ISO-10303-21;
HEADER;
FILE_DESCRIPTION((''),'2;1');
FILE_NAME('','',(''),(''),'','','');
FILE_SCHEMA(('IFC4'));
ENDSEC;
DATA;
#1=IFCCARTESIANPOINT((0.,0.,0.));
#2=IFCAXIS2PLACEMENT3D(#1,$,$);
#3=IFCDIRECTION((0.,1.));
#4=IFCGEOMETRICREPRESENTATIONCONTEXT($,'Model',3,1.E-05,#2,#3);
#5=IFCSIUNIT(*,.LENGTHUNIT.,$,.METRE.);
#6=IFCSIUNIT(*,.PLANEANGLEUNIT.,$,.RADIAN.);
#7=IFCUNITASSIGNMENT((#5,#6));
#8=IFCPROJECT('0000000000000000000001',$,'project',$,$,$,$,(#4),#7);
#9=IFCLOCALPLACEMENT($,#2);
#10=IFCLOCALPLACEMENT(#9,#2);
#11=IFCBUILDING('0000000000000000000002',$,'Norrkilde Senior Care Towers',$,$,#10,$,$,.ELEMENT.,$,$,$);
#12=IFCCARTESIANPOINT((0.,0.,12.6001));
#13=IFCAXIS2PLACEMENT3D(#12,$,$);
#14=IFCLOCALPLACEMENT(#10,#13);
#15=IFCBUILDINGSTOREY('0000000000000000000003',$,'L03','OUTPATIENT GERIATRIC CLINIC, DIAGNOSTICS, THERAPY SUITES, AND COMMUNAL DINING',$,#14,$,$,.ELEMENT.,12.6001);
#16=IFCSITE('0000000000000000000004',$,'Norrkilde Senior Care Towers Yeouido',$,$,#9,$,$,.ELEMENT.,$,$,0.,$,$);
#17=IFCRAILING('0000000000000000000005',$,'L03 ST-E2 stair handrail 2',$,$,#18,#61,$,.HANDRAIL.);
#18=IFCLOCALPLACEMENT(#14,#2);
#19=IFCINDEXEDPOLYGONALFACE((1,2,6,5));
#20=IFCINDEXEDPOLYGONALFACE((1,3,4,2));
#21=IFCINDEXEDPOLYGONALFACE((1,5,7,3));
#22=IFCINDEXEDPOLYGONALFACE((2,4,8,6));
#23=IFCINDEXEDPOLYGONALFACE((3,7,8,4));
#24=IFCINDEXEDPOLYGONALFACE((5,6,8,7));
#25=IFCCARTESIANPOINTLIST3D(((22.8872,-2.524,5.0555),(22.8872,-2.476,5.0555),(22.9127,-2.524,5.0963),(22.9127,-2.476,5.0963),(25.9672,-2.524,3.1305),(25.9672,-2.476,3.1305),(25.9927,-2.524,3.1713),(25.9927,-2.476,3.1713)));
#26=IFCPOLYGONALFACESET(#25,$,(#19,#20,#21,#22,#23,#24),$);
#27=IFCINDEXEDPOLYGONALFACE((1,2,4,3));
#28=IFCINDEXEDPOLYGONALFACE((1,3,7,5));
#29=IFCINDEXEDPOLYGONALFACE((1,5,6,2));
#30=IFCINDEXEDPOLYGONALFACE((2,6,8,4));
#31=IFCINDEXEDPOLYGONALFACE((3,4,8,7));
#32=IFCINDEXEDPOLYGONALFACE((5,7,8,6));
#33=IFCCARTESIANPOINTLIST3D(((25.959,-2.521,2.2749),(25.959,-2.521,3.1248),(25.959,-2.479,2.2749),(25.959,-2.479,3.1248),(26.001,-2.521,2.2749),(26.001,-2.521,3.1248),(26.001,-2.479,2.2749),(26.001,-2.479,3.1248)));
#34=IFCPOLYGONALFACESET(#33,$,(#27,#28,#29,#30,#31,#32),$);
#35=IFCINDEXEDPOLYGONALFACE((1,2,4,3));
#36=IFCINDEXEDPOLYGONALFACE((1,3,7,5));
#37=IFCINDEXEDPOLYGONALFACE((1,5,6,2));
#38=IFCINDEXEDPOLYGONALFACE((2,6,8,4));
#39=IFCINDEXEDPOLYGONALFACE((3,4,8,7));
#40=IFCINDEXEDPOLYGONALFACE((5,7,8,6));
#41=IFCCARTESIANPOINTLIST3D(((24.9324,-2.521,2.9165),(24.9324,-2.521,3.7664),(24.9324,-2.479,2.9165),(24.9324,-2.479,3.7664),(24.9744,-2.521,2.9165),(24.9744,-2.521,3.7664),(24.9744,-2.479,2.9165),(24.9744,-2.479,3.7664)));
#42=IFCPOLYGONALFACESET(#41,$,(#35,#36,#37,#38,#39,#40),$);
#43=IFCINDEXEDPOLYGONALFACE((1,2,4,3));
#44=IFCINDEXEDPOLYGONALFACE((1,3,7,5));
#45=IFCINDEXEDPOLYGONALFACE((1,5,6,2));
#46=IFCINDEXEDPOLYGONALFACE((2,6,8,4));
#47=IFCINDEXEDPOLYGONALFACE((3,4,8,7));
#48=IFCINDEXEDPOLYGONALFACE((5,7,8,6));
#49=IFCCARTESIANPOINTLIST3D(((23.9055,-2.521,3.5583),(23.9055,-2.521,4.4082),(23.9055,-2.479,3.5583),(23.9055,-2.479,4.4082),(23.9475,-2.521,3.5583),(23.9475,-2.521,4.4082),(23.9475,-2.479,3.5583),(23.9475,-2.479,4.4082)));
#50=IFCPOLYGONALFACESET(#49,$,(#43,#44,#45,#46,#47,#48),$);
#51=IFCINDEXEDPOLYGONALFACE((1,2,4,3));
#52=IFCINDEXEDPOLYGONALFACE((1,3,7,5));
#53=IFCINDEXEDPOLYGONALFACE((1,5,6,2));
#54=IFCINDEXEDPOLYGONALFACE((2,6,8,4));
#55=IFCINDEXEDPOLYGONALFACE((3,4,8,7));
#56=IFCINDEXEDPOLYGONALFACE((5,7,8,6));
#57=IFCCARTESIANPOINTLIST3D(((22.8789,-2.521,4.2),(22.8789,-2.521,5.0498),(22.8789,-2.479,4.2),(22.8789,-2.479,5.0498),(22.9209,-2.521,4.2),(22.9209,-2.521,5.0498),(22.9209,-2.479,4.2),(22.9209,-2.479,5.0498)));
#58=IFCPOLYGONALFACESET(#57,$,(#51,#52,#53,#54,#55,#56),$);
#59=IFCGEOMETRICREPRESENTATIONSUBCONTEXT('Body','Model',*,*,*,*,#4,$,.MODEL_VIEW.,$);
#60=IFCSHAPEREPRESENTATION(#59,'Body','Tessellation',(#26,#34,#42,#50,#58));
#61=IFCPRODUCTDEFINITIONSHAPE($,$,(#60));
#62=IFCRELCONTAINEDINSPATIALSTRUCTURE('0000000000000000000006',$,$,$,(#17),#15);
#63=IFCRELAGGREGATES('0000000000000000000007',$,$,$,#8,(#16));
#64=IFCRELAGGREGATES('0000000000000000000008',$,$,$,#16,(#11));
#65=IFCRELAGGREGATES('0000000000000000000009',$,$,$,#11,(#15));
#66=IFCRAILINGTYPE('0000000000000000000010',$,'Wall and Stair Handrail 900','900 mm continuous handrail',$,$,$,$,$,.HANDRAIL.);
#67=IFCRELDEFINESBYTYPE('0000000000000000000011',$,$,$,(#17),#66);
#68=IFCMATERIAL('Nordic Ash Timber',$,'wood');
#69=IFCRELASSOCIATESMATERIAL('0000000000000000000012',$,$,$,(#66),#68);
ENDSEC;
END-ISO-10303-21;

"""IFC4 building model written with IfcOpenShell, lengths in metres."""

from ifc_helpers import new_model, si_unit, direction, frame, origin, origin_2d, place, context, subcontext, project, spatial, rectangle, extrude, material, type_object, element, save


model = new_model("IFC4")

# Units and contexts
model_context = context("Model", 3, precision=1e-05, world=origin(), true_north=direction((0.0, 1.0)))
body_context = subcontext(model_context, "Body", "Model", "MODEL_VIEW")
ifc_project = project(units=[si_unit("LENGTHUNIT", "METRE"), si_unit("PLANEANGLEUNIT", "RADIAN")], contexts=[model_context])

# Site, building, storey
site_placement = place(None, origin())
site = spatial("IfcSite", under=ifc_project, at=site_placement, Name="Norrkilde Senior Care Towers Yeouido", CompositionType="ELEMENT", RefElevation=0.0)
building_placement = place(site_placement, origin())
building = spatial("IfcBuilding", under=site, at=building_placement, Name="Norrkilde Senior Care Towers", CompositionType="ELEMENT")
storey_placement = place(building_placement, frame((0.0, 0.0, 12.6001)))
storey = spatial("IfcBuildingStorey", under=building, at=storey_placement, Name="L03", Description="OUTPATIENT GERIATRIC CLINIC, DIAGNOSTICS, THERAPY SUITES, AND COMMUNAL DINING", CompositionType="ELEMENT", Elevation=12.6001)

# Railing
ifc_material_1 = material(Name="Nordic Ash Timber", Category="wood")
railing_type_1 = type_object("IfcRailingType", Name="Wall and Stair Handrail 900", Description="900 mm continuous handrail", PredefinedType="HANDRAIL", material=ifc_material_1)
railing_1_placement = place(storey_placement, frame((25.98, -2.5, 2.2749)))
element("IfcRailing", 1, at=railing_1_placement, inside=storey, type_object=railing_type_1, Name="L03 ST-E2 stair handrail 2", PredefinedType="HANDRAIL", context=body_context, shape_type="SweptSolid", body=[
    extrude(rectangle(XDim=0.0481, YDim=0.0481, at=origin_2d()), frame((0.0, 0.0, 0.876), z_axis=(-0.847998, 0.0, 0.529999), x_axis=(0.0, -1.0, 0.0)), (0.0, 0.0, 1.0), 3.6321),
    extrude(rectangle(XDim=0.042, YDim=0.042, at=origin_2d()), origin(), (0.0, 0.0, 1.0), 0.8499),
    extrude(rectangle(XDim=0.042, YDim=0.042, at=origin_2d()), frame((-1.0266, 0.0, 0.6416)), (0.0, 0.0, 1.0), 0.8499),
    extrude(rectangle(XDim=0.042, YDim=0.042, at=origin_2d()), frame((-2.0535, 0.0, 1.2834)), (0.0, 0.0, 1.0), 0.8499),
    extrude(rectangle(XDim=0.042, YDim=0.042, at=origin_2d()), frame((-3.0801, 0.0, 1.925)), (0.0, 0.0, 1.0), 0.8499),
])

save(model, "model.ifc")
